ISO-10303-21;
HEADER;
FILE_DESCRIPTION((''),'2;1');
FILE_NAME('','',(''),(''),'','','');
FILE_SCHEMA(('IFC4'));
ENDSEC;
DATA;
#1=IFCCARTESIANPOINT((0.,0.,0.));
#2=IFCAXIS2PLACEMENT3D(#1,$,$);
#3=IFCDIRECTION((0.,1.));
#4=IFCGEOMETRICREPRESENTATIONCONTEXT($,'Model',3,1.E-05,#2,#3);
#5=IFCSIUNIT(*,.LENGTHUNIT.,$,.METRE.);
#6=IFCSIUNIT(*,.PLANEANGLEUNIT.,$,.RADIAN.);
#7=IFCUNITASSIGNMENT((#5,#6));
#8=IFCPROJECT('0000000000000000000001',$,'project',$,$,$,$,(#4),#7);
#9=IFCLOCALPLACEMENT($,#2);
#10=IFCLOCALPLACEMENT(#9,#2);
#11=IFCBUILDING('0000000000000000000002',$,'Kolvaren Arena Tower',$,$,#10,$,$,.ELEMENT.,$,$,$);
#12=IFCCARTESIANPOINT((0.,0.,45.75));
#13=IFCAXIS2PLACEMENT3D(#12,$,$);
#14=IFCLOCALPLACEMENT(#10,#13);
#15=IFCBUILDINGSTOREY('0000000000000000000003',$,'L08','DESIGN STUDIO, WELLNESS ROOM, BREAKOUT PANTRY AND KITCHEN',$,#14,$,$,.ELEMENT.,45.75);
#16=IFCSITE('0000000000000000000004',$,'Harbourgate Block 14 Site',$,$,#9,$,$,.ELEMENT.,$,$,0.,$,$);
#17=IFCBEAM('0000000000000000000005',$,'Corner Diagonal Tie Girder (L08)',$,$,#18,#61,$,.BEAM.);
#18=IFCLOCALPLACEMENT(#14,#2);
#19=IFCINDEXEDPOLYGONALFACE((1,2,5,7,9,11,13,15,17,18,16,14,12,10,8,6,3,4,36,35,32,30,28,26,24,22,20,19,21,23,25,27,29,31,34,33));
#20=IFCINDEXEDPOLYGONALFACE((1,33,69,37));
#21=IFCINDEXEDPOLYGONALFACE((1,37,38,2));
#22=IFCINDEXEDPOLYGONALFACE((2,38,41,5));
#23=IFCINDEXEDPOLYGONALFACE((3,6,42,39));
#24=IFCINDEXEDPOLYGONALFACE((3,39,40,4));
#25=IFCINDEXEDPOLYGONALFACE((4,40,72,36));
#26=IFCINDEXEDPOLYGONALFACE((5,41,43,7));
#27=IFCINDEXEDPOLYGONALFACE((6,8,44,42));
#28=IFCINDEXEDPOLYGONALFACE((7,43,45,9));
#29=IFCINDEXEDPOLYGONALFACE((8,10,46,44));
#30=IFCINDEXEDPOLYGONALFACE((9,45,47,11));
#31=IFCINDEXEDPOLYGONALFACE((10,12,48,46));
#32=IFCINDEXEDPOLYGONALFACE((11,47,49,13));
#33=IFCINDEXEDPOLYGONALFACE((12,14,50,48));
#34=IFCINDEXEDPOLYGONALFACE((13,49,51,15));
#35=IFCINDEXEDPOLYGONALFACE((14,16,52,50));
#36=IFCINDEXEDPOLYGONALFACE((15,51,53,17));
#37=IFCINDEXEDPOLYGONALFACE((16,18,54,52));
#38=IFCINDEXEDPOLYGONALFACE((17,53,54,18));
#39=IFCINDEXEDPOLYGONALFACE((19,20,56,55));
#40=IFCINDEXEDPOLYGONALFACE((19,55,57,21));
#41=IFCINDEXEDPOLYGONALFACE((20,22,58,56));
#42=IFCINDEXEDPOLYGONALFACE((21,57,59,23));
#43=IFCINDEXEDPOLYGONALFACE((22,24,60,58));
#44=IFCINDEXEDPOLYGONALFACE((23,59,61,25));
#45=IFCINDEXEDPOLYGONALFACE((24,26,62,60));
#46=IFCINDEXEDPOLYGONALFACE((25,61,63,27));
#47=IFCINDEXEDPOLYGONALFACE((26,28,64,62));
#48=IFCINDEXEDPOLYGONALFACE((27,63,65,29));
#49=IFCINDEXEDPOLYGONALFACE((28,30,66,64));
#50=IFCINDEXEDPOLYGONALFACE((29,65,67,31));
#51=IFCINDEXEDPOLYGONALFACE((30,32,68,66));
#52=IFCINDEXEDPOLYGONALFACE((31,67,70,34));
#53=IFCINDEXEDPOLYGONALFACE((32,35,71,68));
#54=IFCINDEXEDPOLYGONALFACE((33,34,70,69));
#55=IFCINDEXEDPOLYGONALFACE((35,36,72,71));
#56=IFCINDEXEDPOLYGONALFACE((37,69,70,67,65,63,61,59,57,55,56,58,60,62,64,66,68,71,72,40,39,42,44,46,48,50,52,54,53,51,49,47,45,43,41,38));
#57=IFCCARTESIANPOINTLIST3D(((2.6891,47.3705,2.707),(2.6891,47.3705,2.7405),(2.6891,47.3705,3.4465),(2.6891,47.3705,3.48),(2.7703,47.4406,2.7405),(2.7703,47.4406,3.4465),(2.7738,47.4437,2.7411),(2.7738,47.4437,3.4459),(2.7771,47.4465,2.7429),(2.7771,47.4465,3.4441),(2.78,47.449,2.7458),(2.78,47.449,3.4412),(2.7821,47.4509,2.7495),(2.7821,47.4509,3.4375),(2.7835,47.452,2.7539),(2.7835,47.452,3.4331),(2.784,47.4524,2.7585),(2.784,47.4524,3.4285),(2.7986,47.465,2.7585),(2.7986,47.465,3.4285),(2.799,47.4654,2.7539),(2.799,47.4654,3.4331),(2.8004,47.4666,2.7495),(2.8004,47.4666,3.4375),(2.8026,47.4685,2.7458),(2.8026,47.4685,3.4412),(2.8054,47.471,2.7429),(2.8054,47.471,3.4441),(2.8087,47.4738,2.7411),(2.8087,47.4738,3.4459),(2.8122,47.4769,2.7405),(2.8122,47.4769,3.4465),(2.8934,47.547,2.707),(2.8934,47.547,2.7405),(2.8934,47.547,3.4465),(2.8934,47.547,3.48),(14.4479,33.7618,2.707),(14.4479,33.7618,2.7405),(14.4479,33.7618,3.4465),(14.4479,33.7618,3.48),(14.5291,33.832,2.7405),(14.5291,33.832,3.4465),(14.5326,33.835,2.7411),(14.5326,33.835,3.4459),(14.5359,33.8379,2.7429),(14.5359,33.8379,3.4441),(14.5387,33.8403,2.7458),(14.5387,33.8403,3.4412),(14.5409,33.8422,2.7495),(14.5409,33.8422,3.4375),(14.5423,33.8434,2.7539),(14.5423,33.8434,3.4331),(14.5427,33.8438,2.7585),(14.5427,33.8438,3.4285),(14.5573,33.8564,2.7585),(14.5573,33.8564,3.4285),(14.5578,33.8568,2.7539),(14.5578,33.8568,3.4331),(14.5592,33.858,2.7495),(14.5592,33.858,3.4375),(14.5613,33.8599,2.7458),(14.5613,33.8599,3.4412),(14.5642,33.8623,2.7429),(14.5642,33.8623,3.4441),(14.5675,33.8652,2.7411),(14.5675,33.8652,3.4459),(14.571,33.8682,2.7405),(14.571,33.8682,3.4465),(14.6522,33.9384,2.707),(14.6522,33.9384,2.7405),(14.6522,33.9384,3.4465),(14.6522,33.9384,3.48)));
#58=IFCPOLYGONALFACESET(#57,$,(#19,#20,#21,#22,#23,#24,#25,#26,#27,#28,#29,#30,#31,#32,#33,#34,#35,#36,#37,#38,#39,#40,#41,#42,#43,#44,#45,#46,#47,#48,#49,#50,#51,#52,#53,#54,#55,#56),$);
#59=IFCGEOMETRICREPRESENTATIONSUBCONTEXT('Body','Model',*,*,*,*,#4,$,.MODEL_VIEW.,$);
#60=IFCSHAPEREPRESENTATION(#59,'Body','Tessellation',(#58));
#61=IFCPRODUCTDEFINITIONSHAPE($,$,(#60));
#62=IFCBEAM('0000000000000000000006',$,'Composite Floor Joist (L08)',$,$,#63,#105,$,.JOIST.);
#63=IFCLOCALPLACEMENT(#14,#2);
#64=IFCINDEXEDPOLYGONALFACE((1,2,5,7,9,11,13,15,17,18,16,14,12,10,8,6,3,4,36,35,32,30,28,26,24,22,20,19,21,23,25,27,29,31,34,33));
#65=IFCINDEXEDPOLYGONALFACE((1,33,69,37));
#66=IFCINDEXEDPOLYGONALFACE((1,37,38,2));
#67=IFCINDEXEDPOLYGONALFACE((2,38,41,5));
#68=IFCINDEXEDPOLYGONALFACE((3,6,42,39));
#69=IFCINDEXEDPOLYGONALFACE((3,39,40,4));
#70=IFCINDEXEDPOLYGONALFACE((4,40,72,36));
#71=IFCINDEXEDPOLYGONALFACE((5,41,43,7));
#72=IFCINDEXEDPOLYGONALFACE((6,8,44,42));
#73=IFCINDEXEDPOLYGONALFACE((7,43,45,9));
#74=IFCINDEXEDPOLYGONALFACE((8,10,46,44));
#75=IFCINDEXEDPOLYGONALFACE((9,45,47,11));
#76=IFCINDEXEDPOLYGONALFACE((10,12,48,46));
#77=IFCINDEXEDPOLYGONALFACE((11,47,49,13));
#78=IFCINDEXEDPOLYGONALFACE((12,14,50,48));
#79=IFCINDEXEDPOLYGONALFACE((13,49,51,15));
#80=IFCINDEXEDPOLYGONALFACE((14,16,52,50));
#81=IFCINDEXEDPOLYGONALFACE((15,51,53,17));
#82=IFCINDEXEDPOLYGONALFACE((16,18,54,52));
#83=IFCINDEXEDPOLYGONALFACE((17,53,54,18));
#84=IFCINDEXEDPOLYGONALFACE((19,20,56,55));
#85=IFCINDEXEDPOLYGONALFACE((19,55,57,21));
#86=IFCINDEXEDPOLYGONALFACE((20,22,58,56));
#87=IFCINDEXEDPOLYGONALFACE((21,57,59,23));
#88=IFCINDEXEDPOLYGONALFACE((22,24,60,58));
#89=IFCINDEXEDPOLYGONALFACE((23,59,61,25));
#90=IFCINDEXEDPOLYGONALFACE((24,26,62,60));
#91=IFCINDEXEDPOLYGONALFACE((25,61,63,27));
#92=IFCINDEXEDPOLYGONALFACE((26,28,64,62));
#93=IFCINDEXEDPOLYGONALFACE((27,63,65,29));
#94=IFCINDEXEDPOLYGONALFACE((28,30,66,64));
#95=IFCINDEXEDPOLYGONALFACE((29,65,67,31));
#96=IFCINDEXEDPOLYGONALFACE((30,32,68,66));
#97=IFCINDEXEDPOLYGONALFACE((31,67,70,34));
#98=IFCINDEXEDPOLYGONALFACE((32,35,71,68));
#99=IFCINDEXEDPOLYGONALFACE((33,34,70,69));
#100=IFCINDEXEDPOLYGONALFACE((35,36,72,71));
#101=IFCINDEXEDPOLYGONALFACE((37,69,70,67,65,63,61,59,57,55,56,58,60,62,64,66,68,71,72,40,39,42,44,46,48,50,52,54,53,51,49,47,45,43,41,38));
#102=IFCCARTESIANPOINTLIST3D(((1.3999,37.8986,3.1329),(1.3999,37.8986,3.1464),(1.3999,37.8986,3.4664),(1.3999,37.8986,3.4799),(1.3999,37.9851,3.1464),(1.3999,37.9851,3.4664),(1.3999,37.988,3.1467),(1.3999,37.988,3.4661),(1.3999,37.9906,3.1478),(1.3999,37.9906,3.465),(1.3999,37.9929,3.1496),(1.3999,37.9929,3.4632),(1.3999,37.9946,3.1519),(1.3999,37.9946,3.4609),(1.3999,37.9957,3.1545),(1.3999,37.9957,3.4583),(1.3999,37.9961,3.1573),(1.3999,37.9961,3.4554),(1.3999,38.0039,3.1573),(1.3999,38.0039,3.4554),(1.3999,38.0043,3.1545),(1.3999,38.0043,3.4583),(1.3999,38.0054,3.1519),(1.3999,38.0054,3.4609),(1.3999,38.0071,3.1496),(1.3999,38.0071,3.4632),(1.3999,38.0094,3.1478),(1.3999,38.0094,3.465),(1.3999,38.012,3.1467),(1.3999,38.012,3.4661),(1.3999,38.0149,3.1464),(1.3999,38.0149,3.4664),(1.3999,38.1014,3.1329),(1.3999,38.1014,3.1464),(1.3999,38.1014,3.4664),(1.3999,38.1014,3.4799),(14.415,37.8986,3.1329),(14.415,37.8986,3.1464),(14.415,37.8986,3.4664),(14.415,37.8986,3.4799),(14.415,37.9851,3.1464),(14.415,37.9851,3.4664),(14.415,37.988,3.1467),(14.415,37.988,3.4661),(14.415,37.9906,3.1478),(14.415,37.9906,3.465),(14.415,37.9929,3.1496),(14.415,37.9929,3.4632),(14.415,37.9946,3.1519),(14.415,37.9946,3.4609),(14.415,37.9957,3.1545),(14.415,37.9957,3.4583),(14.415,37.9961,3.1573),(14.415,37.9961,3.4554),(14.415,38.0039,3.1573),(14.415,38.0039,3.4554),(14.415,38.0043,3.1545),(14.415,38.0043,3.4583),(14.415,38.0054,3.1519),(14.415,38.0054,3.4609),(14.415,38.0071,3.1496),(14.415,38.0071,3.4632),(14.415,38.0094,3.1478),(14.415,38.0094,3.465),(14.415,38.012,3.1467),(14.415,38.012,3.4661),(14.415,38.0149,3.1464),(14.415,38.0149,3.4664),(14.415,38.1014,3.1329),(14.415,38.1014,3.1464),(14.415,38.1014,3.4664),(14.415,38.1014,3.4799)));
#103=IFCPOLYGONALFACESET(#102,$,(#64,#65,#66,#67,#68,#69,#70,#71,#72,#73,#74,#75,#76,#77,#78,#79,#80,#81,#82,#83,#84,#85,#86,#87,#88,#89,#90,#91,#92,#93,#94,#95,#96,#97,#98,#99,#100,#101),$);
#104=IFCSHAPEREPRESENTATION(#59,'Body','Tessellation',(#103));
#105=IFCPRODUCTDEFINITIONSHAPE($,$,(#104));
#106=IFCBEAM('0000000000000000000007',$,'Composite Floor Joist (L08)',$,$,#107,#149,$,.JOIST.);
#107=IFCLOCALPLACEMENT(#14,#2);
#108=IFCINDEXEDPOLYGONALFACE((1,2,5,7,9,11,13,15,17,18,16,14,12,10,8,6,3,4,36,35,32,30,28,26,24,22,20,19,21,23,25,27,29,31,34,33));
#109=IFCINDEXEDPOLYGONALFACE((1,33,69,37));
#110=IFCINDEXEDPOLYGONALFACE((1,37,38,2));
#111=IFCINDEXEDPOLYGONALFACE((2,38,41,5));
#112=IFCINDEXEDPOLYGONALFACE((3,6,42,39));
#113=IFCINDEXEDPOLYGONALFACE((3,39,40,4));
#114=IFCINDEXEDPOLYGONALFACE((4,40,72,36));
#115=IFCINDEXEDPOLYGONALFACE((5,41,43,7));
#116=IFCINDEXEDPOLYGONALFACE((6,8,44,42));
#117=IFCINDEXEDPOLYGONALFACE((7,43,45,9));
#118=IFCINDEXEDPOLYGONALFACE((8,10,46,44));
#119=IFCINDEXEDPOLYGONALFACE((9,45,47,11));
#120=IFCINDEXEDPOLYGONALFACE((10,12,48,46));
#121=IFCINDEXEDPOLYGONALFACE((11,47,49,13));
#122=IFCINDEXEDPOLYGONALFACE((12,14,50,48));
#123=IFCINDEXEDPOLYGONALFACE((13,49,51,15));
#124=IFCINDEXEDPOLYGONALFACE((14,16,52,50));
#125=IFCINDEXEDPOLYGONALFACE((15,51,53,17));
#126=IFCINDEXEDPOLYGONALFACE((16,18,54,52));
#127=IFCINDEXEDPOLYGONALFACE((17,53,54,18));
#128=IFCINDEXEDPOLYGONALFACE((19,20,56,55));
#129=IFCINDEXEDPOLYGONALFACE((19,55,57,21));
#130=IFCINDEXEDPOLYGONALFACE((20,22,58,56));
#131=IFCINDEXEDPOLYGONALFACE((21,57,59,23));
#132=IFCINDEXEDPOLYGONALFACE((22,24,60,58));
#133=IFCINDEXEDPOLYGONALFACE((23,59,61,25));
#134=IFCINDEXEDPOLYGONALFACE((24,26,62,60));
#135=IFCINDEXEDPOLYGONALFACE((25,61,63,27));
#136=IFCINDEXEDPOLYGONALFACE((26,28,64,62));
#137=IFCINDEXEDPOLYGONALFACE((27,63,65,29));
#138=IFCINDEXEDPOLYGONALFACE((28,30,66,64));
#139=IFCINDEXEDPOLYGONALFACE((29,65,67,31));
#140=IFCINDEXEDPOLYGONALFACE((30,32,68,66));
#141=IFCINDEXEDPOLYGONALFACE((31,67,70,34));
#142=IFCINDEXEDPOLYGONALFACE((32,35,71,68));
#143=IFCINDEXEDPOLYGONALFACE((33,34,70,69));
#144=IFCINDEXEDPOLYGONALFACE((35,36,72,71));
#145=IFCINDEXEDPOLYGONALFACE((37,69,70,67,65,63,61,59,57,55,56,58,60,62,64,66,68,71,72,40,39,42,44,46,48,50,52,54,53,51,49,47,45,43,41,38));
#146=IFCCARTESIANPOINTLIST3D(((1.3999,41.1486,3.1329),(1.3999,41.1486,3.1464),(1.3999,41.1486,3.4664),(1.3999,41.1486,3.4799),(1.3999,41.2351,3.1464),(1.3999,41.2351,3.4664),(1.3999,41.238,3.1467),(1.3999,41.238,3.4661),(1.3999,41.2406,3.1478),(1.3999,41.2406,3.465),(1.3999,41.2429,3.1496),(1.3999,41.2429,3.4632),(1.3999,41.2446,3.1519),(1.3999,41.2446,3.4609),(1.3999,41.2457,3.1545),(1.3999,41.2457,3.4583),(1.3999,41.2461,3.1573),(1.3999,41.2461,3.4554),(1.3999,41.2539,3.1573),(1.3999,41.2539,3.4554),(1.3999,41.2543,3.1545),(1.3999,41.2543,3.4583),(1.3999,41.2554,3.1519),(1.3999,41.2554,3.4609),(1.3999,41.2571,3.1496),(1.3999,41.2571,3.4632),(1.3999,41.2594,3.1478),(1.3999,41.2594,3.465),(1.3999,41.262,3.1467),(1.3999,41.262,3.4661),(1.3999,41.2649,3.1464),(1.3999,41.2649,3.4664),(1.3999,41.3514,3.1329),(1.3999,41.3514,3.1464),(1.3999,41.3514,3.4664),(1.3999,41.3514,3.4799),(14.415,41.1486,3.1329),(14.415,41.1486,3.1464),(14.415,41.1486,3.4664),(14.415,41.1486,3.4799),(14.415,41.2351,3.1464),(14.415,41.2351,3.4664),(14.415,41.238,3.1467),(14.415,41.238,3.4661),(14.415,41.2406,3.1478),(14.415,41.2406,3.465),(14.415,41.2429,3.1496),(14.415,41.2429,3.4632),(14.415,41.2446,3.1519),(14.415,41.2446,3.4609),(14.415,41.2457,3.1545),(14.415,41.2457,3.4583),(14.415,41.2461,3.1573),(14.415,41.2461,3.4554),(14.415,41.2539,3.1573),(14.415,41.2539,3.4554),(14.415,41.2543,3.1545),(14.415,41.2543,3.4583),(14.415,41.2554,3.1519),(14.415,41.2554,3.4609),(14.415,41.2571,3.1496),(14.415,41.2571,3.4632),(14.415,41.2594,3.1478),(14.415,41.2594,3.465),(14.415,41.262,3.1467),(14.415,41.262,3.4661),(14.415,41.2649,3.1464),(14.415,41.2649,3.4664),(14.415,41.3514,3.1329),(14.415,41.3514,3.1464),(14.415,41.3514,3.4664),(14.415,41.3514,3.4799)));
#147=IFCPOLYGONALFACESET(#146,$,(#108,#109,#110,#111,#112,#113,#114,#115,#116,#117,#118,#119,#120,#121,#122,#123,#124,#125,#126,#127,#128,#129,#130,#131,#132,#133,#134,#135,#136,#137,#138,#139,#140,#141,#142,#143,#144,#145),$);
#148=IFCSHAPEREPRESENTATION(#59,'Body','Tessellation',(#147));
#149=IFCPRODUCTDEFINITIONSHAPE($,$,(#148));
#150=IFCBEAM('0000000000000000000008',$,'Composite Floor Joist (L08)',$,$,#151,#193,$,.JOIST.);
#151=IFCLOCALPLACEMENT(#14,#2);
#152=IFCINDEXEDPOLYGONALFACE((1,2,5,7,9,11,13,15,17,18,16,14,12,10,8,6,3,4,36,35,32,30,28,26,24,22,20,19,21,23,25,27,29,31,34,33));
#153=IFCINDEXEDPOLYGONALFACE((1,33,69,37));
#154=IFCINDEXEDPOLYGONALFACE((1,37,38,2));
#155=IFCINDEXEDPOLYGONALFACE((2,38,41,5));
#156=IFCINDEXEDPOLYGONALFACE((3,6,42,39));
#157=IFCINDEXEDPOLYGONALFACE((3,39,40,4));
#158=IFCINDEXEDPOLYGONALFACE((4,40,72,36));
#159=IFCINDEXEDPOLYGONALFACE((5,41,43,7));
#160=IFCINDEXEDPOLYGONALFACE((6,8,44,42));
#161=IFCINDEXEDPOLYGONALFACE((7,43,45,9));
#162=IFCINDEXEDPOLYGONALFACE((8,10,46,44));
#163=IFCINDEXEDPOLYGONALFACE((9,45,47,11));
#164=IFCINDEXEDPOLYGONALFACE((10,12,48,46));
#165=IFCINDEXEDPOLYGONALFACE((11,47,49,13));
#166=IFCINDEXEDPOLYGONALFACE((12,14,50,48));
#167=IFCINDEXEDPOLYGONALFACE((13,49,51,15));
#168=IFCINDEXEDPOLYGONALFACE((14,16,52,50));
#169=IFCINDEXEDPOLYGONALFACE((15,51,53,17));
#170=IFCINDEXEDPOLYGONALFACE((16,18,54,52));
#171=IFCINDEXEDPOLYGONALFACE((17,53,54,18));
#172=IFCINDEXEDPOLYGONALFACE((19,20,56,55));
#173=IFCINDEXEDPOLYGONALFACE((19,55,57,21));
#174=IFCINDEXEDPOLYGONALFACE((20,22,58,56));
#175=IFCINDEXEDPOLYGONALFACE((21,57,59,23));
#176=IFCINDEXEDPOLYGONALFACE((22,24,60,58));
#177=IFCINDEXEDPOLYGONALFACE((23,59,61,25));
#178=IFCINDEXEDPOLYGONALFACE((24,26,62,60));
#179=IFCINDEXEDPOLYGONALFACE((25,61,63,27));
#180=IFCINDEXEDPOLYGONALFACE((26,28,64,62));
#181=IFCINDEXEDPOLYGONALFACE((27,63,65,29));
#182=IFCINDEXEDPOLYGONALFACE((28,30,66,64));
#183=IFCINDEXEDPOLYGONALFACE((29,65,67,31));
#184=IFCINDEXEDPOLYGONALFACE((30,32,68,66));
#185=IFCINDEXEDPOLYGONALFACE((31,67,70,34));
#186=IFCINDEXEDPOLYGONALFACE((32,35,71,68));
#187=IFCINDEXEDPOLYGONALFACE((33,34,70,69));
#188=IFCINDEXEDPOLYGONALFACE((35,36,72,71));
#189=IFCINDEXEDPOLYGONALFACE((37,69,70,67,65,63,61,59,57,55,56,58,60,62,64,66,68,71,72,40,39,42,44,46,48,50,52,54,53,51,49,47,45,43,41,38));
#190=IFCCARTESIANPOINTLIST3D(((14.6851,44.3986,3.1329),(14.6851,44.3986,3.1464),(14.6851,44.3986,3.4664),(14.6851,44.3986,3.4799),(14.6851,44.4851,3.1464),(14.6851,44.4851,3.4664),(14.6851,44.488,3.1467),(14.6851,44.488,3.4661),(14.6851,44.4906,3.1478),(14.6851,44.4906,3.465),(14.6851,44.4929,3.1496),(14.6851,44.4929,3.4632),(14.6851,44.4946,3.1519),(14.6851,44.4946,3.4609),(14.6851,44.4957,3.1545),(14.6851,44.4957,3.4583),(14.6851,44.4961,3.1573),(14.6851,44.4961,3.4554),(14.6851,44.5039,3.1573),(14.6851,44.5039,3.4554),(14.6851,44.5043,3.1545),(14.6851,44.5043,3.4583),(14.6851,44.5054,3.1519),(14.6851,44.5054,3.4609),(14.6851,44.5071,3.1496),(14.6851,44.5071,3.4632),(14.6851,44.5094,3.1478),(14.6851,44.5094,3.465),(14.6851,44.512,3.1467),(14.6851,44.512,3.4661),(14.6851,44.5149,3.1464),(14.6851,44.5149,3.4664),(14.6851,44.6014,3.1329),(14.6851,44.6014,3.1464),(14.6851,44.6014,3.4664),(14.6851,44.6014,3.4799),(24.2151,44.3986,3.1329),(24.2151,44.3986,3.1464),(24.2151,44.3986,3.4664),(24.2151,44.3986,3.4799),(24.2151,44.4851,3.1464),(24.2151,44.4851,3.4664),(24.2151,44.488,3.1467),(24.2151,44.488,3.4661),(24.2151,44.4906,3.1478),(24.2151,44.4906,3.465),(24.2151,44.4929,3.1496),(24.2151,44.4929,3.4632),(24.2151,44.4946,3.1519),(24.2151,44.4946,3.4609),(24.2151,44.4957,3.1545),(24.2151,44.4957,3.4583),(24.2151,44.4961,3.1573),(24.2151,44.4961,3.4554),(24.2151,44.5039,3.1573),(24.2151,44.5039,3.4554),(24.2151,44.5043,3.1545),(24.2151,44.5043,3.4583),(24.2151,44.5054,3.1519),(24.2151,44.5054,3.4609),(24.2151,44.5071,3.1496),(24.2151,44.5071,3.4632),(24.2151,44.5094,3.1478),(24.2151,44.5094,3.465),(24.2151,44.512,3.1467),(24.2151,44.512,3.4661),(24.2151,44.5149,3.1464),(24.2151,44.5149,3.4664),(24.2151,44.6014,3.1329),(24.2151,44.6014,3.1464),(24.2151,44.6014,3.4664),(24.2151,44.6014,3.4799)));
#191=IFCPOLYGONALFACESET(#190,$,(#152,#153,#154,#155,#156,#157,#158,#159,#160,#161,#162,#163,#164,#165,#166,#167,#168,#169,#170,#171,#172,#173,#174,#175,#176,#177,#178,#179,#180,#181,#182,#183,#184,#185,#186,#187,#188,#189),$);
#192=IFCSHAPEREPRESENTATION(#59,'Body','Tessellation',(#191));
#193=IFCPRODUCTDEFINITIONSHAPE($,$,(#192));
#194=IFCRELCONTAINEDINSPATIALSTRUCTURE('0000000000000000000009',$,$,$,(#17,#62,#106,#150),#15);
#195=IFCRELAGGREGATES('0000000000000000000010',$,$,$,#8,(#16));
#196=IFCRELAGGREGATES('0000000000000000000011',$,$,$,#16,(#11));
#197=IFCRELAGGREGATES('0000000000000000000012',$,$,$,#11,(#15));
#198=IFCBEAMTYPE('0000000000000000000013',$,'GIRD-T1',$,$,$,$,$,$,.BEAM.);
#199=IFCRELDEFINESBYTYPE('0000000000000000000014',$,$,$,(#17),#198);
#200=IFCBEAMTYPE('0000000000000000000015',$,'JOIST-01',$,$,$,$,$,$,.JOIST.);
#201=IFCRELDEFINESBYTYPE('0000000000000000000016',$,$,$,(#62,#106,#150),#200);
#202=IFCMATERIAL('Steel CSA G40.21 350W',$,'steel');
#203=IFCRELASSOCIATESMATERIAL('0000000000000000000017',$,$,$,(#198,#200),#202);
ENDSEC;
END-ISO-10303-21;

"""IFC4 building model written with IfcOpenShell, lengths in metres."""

from ifc_helpers import new_model, si_unit, direction, frame, origin, origin_2d, place, context, subcontext, project, spatial, i_section, extrude, material, material_profile, profile_set, type_object, element, save


model = new_model("IFC4")

# Units and contexts
model_context = context("Model", 3, precision=1e-05, world=origin(), true_north=direction((0.0, 1.0)))
body_context = subcontext(model_context, "Body", "Model", "MODEL_VIEW")
ifc_project = project(units=[si_unit("LENGTHUNIT", "METRE"), si_unit("PLANEANGLEUNIT", "RADIAN")], contexts=[model_context])

# Site, building, storey
site_placement = place(None, origin())
site = spatial("IfcSite", under=ifc_project, at=site_placement, Name="Harbourgate Block 14 Site", CompositionType="ELEMENT", RefElevation=0.0)
building_placement = place(site_placement, origin())
building = spatial("IfcBuilding", under=site, at=building_placement, Name="Kolvaren Arena Tower", CompositionType="ELEMENT")
storey_placement = place(building_placement, frame((0.0, 0.0, 45.75)))
storey = spatial("IfcBuildingStorey", under=building, at=storey_placement, Name="L08", Description="DESIGN STUDIO, WELLNESS ROOM, BREAKOUT PANTRY AND KITCHEN", CompositionType="ELEMENT", Elevation=45.75)

# Beams
ifc_material_1 = material(Name="Steel CSA G40.21 350W", Category="steel")
ifc_material_profile_1 = material_profile(ifc_material_1, i_section(OverallWidth=0.27, OverallDepth=0.7729, WebThickness=0.0193, FlangeThickness=0.0334, FilletRadius=0.0181, at=origin_2d()), Name="W760x257")
ifc_profile_set_1 = profile_set([ifc_material_profile_1], Name="Steel CSA G40.21 350W")
beam_type_1 = type_object("IfcBeamType", Name="GIRD-T1", PredefinedType="BEAM", material=ifc_profile_set_1)
beam_1_placement = place(storey_placement, frame((2.7913, 47.4587, 3.0935), z_axis=(0.653807, -0.756662, 0.0), x_axis=(0.756662, 0.653807, 0.0)))
element("IfcBeam", 1, at=beam_1_placement, inside=storey, type_object=beam_type_1, Name="Corner Diagonal Tie Girder (L08)", PredefinedType="BEAM", context=body_context, shape_type="SweptSolid", body=[
    extrude(i_section(OverallWidth=0.27, OverallDepth=0.7729, WebThickness=0.0193, FlangeThickness=0.0334, FilletRadius=0.0181, at=origin_2d()), origin(), (0.0, 0.0, 1.0), 17.9851),
])
ifc_material_profile_2 = material_profile(ifc_material_1, i_section(OverallWidth=0.2029, OverallDepth=0.3469, WebThickness=0.0078, FlangeThickness=0.0134, FilletRadius=0.011, at=origin_2d()), Name="W360x64")
ifc_profile_set_2 = profile_set([ifc_material_profile_2], Name="Steel CSA G40.21 350W")
beam_type_2 = type_object("IfcBeamType", Name="JOIST-01", PredefinedType="JOIST", material=ifc_profile_set_2)
for number, where, z_axis, x_axis, name in (
    (2, (1.3999, 38.0, 3.3064), (1.0, 0.0, 0.0), (0.0, 1.0, 0.0), "Composite Floor Joist (L08)"),
    (3, (1.3999, 41.25, 3.3064), (1.0, 0.0, 0.0), (0.0, 1.0, 0.0), "Composite Floor Joist (L08)"),
):
    element("IfcBeam", number, at=place(storey_placement, frame(where, z_axis=z_axis, x_axis=x_axis)), inside=storey, type_object=beam_type_2, Name=name, PredefinedType="JOIST", context=body_context, shape_type="SweptSolid", body=[
        extrude(i_section(OverallWidth=0.2029, OverallDepth=0.3469, WebThickness=0.0078, FlangeThickness=0.0134, FilletRadius=0.011, at=origin_2d()), origin(), (0.0, 0.0, 1.0), 13.0151),
    ])
beam_2_placement = place(storey_placement, frame((14.6851, 44.5, 3.3064), z_axis=(1.0, 0.0, 0.0), x_axis=(0.0, 1.0, 0.0)))
element("IfcBeam", 4, at=beam_2_placement, inside=storey, type_object=beam_type_2, Name="Composite Floor Joist (L08)", PredefinedType="JOIST", context=body_context, shape_type="SweptSolid", body=[
    extrude(i_section(OverallWidth=0.2029, OverallDepth=0.3469, WebThickness=0.0078, FlangeThickness=0.0134, FilletRadius=0.011, at=origin_2d()), origin(), (0.0, 0.0, 1.0), 9.53),
])

save(model, "model.ifc")
